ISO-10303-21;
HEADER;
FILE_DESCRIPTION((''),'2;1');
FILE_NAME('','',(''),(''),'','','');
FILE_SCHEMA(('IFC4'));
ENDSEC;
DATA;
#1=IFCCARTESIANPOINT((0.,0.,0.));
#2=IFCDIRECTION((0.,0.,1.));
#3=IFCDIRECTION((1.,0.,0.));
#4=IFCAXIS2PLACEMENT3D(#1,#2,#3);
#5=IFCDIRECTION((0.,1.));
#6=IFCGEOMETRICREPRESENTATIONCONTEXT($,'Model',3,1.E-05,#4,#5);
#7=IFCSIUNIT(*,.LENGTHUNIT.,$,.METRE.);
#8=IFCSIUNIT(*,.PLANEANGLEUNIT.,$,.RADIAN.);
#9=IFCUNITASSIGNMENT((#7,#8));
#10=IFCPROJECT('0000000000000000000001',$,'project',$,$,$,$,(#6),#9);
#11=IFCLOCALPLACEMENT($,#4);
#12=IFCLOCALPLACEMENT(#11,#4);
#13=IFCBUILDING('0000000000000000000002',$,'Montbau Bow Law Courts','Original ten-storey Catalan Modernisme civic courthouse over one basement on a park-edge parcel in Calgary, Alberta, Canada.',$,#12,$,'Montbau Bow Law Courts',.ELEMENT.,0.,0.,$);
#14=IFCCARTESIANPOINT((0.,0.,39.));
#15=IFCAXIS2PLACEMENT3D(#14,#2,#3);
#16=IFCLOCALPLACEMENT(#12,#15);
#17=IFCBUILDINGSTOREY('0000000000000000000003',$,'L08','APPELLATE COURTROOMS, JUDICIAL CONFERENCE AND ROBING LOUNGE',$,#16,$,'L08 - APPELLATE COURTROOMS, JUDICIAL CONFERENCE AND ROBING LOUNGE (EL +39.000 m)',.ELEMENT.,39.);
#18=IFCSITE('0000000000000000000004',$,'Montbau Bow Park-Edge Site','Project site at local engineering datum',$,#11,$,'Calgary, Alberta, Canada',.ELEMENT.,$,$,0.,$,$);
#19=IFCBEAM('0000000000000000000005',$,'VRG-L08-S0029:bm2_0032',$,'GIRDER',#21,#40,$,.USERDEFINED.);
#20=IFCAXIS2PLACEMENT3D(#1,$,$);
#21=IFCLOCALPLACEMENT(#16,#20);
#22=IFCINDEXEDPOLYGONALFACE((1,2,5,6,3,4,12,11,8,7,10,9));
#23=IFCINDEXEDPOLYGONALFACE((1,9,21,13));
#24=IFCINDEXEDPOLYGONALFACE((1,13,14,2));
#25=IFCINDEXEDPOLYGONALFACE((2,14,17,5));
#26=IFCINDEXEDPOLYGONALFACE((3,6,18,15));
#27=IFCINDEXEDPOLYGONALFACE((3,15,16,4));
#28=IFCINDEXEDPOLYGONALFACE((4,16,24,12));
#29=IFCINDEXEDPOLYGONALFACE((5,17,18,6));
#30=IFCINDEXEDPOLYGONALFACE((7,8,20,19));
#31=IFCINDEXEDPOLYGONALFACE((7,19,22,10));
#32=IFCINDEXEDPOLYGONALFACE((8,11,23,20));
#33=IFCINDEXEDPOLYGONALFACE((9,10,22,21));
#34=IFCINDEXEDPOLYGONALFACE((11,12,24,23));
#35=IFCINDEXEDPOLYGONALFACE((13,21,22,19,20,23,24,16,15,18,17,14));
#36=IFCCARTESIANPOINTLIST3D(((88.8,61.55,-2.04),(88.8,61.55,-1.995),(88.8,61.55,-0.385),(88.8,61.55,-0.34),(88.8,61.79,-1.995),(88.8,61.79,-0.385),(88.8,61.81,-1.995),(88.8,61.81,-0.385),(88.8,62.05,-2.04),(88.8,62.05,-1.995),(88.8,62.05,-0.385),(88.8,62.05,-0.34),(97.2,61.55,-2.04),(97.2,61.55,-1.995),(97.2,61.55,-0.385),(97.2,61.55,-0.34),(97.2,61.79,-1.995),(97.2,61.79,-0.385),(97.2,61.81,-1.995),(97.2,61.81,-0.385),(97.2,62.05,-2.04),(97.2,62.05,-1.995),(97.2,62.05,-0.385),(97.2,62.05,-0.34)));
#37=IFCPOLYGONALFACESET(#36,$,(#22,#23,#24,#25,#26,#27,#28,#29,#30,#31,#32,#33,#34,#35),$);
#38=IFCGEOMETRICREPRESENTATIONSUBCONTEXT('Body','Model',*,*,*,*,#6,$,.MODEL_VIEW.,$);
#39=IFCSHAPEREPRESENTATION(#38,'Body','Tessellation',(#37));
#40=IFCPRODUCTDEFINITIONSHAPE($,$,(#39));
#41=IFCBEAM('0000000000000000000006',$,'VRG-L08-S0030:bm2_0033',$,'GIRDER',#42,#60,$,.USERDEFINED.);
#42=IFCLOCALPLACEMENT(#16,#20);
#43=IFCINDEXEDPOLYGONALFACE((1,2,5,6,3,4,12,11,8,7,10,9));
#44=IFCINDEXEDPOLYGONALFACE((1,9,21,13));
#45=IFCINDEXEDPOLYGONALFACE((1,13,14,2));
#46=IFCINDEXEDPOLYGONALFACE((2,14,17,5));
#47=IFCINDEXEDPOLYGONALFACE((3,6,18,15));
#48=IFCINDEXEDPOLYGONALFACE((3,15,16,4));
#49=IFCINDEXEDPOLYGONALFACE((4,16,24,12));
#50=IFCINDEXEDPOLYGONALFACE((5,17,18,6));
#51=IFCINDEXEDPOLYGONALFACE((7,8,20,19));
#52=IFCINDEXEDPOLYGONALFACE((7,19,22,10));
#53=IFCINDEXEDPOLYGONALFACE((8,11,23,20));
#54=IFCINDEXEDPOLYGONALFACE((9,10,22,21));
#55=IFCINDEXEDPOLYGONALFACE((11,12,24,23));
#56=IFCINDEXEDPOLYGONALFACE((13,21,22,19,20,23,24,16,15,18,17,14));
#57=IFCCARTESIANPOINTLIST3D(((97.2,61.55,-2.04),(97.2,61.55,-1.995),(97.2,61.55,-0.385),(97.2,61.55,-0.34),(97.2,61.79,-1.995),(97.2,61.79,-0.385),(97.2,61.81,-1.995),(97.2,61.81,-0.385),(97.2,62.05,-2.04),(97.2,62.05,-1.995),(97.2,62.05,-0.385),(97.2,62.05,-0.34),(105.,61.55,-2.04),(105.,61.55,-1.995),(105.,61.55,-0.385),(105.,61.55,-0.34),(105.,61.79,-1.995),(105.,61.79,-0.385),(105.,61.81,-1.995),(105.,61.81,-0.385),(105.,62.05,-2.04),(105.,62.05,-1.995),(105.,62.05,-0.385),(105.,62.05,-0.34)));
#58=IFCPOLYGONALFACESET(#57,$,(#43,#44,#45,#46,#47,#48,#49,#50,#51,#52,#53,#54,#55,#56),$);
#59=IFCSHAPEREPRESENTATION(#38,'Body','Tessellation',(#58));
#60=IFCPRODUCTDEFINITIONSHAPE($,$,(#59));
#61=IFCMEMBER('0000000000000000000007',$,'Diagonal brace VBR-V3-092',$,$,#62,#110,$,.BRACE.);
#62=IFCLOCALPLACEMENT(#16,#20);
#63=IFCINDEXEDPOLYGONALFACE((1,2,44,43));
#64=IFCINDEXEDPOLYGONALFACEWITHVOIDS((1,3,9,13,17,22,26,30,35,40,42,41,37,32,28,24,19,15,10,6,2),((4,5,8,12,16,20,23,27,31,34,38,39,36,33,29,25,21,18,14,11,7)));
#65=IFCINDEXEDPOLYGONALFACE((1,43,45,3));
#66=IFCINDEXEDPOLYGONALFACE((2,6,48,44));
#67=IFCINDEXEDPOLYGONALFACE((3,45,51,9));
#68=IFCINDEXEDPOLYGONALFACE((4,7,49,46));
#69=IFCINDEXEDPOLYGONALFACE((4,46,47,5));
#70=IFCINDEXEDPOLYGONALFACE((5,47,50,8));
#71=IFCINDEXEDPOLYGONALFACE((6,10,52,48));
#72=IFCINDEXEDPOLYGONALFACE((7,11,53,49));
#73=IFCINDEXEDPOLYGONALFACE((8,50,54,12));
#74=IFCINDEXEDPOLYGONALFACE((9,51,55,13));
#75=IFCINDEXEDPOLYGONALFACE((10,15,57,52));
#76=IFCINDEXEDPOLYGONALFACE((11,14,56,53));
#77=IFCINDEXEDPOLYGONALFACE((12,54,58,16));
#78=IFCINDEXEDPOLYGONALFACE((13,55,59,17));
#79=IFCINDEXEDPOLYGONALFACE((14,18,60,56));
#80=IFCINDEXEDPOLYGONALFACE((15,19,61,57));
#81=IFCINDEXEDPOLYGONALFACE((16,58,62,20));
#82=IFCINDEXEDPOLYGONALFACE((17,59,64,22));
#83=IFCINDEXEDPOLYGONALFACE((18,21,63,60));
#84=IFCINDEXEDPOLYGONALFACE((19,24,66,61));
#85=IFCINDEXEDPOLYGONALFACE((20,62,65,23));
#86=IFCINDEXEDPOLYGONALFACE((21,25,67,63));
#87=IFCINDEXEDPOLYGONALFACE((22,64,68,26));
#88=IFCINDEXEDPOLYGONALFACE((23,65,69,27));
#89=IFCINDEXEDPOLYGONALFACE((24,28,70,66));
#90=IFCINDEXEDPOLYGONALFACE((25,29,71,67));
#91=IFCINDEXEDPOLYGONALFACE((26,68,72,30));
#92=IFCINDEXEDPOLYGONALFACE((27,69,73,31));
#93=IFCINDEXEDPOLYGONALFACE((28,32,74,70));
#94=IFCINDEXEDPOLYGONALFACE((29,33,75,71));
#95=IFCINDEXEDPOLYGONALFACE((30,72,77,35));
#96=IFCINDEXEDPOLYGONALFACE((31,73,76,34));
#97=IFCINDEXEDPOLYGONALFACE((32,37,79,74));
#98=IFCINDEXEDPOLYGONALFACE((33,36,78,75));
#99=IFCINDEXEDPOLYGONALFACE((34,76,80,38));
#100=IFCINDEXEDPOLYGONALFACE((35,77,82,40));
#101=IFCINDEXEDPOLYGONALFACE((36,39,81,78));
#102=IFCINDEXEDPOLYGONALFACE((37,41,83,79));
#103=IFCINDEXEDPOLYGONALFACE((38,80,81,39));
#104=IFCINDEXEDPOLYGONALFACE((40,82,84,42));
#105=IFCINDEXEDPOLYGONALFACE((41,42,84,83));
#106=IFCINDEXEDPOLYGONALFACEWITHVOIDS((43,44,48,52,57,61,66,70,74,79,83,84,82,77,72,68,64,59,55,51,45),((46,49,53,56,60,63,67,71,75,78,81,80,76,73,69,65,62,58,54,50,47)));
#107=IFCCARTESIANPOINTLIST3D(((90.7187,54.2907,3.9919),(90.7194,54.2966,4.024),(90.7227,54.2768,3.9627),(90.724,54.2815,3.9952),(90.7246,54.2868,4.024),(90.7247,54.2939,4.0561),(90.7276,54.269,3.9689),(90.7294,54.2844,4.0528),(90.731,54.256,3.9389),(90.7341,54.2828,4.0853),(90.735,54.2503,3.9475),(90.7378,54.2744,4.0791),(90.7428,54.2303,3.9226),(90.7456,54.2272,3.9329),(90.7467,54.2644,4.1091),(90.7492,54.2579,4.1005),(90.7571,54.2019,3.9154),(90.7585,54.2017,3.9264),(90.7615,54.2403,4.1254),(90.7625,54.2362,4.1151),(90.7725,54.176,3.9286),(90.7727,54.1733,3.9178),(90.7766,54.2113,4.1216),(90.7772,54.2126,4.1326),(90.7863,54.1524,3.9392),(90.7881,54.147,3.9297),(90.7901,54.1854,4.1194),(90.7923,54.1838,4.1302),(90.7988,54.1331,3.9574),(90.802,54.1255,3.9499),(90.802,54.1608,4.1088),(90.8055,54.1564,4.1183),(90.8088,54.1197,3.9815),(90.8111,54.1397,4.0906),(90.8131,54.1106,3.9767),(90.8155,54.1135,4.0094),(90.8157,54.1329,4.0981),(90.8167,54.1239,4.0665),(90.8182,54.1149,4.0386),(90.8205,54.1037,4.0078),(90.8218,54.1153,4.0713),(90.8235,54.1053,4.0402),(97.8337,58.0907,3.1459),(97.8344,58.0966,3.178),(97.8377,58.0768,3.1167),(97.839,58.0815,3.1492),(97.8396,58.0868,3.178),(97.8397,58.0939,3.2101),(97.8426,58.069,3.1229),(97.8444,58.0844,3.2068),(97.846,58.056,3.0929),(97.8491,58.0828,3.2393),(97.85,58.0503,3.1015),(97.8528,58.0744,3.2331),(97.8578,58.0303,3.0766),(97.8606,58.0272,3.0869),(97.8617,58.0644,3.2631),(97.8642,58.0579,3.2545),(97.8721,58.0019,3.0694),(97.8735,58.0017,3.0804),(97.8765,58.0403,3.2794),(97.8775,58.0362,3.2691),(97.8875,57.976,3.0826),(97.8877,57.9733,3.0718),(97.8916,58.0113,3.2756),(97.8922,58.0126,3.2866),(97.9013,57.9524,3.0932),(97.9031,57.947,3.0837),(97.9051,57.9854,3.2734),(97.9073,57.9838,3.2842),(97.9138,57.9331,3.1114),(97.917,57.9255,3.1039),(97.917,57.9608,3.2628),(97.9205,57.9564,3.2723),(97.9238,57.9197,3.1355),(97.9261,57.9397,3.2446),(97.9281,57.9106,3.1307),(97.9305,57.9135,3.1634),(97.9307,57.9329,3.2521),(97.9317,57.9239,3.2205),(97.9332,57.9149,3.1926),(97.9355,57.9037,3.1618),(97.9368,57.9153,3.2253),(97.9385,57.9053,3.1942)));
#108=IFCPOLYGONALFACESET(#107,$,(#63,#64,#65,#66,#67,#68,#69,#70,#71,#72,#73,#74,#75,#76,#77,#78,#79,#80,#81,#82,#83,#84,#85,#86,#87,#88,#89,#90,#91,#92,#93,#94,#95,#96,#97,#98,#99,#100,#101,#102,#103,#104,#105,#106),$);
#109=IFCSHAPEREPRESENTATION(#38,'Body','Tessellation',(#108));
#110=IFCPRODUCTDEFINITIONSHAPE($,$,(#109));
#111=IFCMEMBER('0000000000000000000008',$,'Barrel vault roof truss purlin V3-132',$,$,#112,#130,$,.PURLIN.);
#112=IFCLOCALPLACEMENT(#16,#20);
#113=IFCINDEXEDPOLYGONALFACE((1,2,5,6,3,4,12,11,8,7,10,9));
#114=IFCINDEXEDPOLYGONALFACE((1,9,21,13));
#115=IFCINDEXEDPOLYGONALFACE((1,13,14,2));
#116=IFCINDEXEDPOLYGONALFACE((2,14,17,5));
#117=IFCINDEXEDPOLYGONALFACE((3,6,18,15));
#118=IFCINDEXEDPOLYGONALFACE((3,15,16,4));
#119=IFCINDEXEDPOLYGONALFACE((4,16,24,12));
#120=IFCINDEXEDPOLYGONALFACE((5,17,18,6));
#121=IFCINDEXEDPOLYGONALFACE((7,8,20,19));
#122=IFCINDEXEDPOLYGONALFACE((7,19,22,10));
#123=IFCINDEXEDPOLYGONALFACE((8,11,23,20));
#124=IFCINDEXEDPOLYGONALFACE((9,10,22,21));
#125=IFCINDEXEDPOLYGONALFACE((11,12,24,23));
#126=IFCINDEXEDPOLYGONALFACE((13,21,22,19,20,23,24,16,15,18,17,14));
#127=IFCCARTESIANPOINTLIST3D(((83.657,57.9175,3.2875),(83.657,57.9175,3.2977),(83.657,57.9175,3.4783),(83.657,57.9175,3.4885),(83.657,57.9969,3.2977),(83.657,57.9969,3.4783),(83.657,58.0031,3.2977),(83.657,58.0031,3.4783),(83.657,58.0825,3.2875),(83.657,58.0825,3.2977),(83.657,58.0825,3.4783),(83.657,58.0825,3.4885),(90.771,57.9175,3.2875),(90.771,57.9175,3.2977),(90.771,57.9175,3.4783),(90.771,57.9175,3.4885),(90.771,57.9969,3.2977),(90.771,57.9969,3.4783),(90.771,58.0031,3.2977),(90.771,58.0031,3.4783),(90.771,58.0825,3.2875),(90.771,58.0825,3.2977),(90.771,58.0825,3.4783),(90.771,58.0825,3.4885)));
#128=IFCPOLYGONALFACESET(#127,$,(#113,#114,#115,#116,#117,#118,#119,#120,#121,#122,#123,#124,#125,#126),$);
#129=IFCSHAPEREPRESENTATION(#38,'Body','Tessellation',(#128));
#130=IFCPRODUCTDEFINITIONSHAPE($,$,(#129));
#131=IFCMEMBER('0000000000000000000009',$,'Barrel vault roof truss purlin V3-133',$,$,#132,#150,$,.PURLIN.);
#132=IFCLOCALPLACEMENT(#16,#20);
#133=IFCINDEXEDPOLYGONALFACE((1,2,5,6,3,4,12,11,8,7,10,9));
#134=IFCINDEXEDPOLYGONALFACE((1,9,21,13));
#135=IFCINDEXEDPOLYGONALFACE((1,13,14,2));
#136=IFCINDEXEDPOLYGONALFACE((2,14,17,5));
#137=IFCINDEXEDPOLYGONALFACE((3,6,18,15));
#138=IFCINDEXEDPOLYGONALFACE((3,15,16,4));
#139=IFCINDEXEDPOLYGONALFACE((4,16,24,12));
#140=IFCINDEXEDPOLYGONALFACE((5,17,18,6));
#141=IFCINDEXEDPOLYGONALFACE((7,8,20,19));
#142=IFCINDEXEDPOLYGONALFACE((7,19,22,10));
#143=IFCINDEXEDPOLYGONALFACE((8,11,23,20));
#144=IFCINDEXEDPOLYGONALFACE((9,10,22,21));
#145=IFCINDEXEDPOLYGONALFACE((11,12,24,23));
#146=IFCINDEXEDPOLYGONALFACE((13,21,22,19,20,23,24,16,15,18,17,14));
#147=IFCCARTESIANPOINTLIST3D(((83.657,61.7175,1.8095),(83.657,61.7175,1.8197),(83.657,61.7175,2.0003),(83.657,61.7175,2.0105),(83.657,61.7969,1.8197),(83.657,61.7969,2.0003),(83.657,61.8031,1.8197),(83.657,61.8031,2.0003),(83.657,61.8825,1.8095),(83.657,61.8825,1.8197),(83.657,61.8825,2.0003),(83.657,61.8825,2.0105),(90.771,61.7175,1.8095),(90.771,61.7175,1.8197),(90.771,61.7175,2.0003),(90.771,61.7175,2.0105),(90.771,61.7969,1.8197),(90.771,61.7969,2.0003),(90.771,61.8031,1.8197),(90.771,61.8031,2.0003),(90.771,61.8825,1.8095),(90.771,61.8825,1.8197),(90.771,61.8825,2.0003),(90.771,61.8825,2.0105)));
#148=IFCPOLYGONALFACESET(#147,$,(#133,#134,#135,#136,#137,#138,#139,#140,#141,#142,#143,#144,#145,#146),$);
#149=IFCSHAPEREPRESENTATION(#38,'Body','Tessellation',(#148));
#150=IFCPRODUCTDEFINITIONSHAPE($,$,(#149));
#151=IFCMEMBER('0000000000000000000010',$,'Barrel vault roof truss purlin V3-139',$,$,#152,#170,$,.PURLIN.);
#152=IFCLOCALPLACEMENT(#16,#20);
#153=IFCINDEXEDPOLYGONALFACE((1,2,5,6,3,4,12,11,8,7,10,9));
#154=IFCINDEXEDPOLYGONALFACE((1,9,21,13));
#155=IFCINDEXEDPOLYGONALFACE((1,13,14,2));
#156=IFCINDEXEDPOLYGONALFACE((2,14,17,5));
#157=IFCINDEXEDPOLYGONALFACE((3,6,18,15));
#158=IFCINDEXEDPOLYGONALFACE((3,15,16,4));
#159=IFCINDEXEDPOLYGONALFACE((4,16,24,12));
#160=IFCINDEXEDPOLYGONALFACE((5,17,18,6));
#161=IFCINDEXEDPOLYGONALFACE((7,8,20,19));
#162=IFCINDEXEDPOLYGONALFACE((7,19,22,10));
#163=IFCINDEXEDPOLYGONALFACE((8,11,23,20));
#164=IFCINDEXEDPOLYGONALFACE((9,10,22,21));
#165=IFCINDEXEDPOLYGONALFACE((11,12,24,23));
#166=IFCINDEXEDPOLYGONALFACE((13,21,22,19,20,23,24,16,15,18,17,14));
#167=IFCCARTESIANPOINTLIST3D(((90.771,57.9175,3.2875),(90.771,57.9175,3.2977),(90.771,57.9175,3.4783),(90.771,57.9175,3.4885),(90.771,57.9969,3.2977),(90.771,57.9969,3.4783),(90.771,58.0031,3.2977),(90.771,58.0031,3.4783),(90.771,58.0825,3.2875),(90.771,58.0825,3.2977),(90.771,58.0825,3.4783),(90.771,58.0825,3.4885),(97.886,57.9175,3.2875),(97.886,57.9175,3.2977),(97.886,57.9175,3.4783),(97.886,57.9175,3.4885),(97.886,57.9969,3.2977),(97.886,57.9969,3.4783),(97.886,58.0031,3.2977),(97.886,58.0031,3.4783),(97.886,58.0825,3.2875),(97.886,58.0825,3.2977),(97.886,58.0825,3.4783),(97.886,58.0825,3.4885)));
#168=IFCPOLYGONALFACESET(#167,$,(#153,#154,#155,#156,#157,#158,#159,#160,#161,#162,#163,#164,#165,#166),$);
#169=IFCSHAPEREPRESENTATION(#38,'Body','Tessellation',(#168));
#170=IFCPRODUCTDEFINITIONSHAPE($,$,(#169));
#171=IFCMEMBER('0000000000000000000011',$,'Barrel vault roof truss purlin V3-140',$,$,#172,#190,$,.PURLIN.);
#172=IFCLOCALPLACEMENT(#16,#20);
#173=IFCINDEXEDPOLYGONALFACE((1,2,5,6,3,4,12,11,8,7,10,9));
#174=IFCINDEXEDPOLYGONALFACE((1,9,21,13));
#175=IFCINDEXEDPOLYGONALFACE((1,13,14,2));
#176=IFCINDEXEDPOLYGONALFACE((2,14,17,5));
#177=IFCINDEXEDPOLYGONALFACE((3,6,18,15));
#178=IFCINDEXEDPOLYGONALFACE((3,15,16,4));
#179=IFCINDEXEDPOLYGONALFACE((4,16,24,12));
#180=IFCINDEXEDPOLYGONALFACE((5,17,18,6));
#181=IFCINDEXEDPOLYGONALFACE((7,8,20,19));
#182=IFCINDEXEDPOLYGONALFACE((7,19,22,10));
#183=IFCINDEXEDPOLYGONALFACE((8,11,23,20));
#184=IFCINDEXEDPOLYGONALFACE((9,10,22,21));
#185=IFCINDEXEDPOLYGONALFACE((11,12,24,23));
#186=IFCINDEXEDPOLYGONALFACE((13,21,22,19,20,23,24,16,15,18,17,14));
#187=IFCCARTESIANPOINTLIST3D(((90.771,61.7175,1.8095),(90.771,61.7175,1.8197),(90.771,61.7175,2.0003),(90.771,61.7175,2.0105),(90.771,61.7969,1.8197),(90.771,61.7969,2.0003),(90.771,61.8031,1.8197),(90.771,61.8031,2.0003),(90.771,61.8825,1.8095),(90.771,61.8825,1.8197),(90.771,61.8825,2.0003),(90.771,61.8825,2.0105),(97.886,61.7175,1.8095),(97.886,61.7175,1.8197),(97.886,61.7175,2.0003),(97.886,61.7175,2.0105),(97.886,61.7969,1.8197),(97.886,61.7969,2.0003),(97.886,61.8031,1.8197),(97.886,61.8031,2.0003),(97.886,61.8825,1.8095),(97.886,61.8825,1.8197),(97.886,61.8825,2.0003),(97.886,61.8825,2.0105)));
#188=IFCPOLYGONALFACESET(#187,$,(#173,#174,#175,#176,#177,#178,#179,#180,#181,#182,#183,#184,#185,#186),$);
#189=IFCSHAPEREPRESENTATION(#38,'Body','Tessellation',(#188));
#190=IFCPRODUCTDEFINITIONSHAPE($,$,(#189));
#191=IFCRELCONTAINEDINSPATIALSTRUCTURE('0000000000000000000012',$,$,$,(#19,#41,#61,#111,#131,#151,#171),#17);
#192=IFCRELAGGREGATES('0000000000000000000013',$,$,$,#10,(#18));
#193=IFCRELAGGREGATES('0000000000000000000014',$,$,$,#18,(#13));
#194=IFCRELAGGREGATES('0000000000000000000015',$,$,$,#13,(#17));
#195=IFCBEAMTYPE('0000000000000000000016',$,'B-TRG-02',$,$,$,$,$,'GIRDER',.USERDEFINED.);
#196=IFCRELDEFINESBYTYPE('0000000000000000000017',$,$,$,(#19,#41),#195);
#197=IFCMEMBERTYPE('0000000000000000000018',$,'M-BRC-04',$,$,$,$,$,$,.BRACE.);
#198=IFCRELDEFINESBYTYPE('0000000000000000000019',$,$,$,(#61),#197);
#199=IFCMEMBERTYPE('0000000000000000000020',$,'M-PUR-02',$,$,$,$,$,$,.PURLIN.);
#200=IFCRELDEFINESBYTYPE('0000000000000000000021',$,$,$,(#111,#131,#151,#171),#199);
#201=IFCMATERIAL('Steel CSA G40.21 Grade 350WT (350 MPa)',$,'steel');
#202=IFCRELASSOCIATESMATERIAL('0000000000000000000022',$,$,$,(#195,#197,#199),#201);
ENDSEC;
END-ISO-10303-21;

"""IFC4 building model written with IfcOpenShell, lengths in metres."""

from ifc_helpers import new_model, si_unit, direction, frame, origin_with_axes, origin_2d_with_axis, place, context, subcontext, project, spatial, hollow_circle, i_section, extrude, material, material_profile, profile_set, type_object, element, save


model = new_model("IFC4")

# Units and contexts
model_context = context("Model", 3, precision=1e-05, world=origin_with_axes(), true_north=direction((0.0, 1.0)))
body_context = subcontext(model_context, "Body", "Model", "MODEL_VIEW")
ifc_project = project(units=[si_unit("LENGTHUNIT", "METRE"), si_unit("PLANEANGLEUNIT", "RADIAN")], contexts=[model_context])

# Site, building, storey
site_placement = place(None, origin_with_axes())
site = spatial("IfcSite", under=ifc_project, at=site_placement, Name="Montbau Bow Park-Edge Site", Description="Project site at local engineering datum", LongName="Calgary, Alberta, Canada", CompositionType="ELEMENT", RefElevation=0.0)
building_placement = place(site_placement, origin_with_axes())
building = spatial("IfcBuilding", under=site, at=building_placement, Name="Montbau Bow Law Courts", Description="Original ten-storey Catalan Modernisme civic courthouse over one basement on a park-edge parcel in Calgary, Alberta, Canada.", LongName="Montbau Bow Law Courts", CompositionType="ELEMENT", ElevationOfRefHeight=0.0, ElevationOfTerrain=0.0)
storey_placement = place(building_placement, frame((0.0, 0.0, 39.0), z_axis=(0.0, 0.0, 1.0), x_axis=(1.0, 0.0, 0.0)))
storey = spatial("IfcBuildingStorey", under=building, at=storey_placement, Name="L08", Description="APPELLATE COURTROOMS, JUDICIAL CONFERENCE AND ROBING LOUNGE", LongName="L08 - APPELLATE COURTROOMS, JUDICIAL CONFERENCE AND ROBING LOUNGE (EL +39.000 m)", CompositionType="ELEMENT", Elevation=39.0)

# Beams
ifc_material_1 = material(Name="Steel CSA G40.21 Grade 350WT (350 MPa)", Category="steel")
ifc_material_profile_1 = material_profile(ifc_material_1, i_section(OverallWidth=0.5, OverallDepth=1.7, WebThickness=0.02, FlangeThickness=0.045, at=origin_2d_with_axis()), Name="WWF1700X480", Category="Main", Priority=0)
ifc_profile_set_1 = profile_set([ifc_material_profile_1], Name="Steel CSA G40.21 Grade 350WT (350 MPa)")
beam_type_1 = type_object("IfcBeamType", Name="B-TRG-02", ElementType="GIRDER", PredefinedType="USERDEFINED", material=ifc_profile_set_1)
beam_1_placement = place(None, frame((88.8, 61.8, 37.81), z_axis=(1.0, 0.0, 0.0), x_axis=(0.0, 1.0, 0.0)))
element("IfcBeam", 1, at=beam_1_placement, inside=storey, type_object=beam_type_1, Name="VRG-L08-S0029:bm2_0032", ObjectType="GIRDER", PredefinedType="USERDEFINED", context=body_context, shape_type="SweptSolid", body=[
    extrude(i_section(OverallWidth=0.5, OverallDepth=1.7, WebThickness=0.02, FlangeThickness=0.045, at=origin_2d_with_axis()), origin_with_axes(), (0.0, 0.0, 1.0), 8.4),
])
beam_2_placement = place(None, frame((97.2, 61.8, 37.81), z_axis=(1.0, 0.0, 0.0), x_axis=(0.0, 1.0, 0.0)))
element("IfcBeam", 2, at=beam_2_placement, inside=storey, type_object=beam_type_1, Name="VRG-L08-S0030:bm2_0033", ObjectType="GIRDER", PredefinedType="USERDEFINED", context=body_context, shape_type="SweptSolid", body=[
    extrude(i_section(OverallWidth=0.5, OverallDepth=1.7, WebThickness=0.02, FlangeThickness=0.045, at=origin_2d_with_axis()), origin_with_axes(), (0.0, 0.0, 1.0), 7.8),
])

# Members
ifc_material_profile_2 = material_profile(ifc_material_1, hollow_circle(Radius=0.1095, WallThickness=0.0111, at=origin_2d_with_axis()), Name="HSS219X11", Category="Main", Priority=0)
ifc_profile_set_2 = profile_set([ifc_material_profile_2], Name="Steel CSA G40.21 Grade 350WT (350 MPa)")
member_type_1 = type_object("IfcMemberType", Name="M-BRC-04", PredefinedType="BRACE", material=ifc_profile_set_2)
member_1_placement = place(None, frame((90.771, 54.2, 43.024), z_axis=(0.877266, 0.468533, -0.10431), x_axis=(-0.471103, 0.882078, 0.0)))
element("IfcMember", 3, at=member_1_placement, inside=storey, type_object=member_type_1, Name="Diagonal brace VBR-V3-092", PredefinedType="BRACE", context=body_context, shape_type="SweptSolid", body=[
    extrude(hollow_circle(Radius=0.1095, WallThickness=0.0111, at=origin_2d_with_axis()), origin_with_axes(), (0.0, 0.0, 1.0), 8.1104),
])
ifc_material_profile_3 = material_profile(ifc_material_1, i_section(OverallWidth=0.165, OverallDepth=0.201, WebThickness=0.0062, FlangeThickness=0.0102, at=origin_2d_with_axis()), Name="W200X36", Category="Main", Priority=0)
ifc_profile_set_3 = profile_set([ifc_material_profile_3], Name="Steel CSA G40.21 Grade 350WT (350 MPa)")
member_type_2 = type_object("IfcMemberType", Name="M-PUR-02", PredefinedType="PURLIN", material=ifc_profile_set_3)
for number, where, z_axis, x_axis, name in (
    (4, (83.657, 58.0, 42.388), (1.0, 0.0, 0.0), (0.0, 1.0, 0.0), "Barrel vault roof truss purlin V3-132"),
    (5, (83.657, 61.8, 40.91), (1.0, 0.0, 0.0), (0.0, 1.0, 0.0), "Barrel vault roof truss purlin V3-133"),
):
    element("IfcMember", number, at=place(None, frame(where, z_axis=z_axis, x_axis=x_axis)), inside=storey, type_object=member_type_2, Name=name, PredefinedType="PURLIN", context=body_context, shape_type="SweptSolid", body=[
        extrude(i_section(OverallWidth=0.165, OverallDepth=0.201, WebThickness=0.0062, FlangeThickness=0.0102, at=origin_2d_with_axis()), origin_with_axes(), (0.0, 0.0, 1.0), 7.114),
    ])
for number, where, z_axis, x_axis, name in (
    (6, (90.771, 58.0, 42.388), (1.0, 0.0, 0.0), (0.0, 1.0, 0.0), "Barrel vault roof truss purlin V3-139"),
    (7, (90.771, 61.8, 40.91), (1.0, 0.0, 0.0), (0.0, 1.0, 0.0), "Barrel vault roof truss purlin V3-140"),
):
    element("IfcMember", number, at=place(None, frame(where, z_axis=z_axis, x_axis=x_axis)), inside=storey, type_object=member_type_2, Name=name, PredefinedType="PURLIN", context=body_context, shape_type="SweptSolid", body=[
        extrude(i_section(OverallWidth=0.165, OverallDepth=0.201, WebThickness=0.0062, FlangeThickness=0.0102, at=origin_2d_with_axis()), origin_with_axes(), (0.0, 0.0, 1.0), 7.115),
    ])

save(model, "model.ifc")
